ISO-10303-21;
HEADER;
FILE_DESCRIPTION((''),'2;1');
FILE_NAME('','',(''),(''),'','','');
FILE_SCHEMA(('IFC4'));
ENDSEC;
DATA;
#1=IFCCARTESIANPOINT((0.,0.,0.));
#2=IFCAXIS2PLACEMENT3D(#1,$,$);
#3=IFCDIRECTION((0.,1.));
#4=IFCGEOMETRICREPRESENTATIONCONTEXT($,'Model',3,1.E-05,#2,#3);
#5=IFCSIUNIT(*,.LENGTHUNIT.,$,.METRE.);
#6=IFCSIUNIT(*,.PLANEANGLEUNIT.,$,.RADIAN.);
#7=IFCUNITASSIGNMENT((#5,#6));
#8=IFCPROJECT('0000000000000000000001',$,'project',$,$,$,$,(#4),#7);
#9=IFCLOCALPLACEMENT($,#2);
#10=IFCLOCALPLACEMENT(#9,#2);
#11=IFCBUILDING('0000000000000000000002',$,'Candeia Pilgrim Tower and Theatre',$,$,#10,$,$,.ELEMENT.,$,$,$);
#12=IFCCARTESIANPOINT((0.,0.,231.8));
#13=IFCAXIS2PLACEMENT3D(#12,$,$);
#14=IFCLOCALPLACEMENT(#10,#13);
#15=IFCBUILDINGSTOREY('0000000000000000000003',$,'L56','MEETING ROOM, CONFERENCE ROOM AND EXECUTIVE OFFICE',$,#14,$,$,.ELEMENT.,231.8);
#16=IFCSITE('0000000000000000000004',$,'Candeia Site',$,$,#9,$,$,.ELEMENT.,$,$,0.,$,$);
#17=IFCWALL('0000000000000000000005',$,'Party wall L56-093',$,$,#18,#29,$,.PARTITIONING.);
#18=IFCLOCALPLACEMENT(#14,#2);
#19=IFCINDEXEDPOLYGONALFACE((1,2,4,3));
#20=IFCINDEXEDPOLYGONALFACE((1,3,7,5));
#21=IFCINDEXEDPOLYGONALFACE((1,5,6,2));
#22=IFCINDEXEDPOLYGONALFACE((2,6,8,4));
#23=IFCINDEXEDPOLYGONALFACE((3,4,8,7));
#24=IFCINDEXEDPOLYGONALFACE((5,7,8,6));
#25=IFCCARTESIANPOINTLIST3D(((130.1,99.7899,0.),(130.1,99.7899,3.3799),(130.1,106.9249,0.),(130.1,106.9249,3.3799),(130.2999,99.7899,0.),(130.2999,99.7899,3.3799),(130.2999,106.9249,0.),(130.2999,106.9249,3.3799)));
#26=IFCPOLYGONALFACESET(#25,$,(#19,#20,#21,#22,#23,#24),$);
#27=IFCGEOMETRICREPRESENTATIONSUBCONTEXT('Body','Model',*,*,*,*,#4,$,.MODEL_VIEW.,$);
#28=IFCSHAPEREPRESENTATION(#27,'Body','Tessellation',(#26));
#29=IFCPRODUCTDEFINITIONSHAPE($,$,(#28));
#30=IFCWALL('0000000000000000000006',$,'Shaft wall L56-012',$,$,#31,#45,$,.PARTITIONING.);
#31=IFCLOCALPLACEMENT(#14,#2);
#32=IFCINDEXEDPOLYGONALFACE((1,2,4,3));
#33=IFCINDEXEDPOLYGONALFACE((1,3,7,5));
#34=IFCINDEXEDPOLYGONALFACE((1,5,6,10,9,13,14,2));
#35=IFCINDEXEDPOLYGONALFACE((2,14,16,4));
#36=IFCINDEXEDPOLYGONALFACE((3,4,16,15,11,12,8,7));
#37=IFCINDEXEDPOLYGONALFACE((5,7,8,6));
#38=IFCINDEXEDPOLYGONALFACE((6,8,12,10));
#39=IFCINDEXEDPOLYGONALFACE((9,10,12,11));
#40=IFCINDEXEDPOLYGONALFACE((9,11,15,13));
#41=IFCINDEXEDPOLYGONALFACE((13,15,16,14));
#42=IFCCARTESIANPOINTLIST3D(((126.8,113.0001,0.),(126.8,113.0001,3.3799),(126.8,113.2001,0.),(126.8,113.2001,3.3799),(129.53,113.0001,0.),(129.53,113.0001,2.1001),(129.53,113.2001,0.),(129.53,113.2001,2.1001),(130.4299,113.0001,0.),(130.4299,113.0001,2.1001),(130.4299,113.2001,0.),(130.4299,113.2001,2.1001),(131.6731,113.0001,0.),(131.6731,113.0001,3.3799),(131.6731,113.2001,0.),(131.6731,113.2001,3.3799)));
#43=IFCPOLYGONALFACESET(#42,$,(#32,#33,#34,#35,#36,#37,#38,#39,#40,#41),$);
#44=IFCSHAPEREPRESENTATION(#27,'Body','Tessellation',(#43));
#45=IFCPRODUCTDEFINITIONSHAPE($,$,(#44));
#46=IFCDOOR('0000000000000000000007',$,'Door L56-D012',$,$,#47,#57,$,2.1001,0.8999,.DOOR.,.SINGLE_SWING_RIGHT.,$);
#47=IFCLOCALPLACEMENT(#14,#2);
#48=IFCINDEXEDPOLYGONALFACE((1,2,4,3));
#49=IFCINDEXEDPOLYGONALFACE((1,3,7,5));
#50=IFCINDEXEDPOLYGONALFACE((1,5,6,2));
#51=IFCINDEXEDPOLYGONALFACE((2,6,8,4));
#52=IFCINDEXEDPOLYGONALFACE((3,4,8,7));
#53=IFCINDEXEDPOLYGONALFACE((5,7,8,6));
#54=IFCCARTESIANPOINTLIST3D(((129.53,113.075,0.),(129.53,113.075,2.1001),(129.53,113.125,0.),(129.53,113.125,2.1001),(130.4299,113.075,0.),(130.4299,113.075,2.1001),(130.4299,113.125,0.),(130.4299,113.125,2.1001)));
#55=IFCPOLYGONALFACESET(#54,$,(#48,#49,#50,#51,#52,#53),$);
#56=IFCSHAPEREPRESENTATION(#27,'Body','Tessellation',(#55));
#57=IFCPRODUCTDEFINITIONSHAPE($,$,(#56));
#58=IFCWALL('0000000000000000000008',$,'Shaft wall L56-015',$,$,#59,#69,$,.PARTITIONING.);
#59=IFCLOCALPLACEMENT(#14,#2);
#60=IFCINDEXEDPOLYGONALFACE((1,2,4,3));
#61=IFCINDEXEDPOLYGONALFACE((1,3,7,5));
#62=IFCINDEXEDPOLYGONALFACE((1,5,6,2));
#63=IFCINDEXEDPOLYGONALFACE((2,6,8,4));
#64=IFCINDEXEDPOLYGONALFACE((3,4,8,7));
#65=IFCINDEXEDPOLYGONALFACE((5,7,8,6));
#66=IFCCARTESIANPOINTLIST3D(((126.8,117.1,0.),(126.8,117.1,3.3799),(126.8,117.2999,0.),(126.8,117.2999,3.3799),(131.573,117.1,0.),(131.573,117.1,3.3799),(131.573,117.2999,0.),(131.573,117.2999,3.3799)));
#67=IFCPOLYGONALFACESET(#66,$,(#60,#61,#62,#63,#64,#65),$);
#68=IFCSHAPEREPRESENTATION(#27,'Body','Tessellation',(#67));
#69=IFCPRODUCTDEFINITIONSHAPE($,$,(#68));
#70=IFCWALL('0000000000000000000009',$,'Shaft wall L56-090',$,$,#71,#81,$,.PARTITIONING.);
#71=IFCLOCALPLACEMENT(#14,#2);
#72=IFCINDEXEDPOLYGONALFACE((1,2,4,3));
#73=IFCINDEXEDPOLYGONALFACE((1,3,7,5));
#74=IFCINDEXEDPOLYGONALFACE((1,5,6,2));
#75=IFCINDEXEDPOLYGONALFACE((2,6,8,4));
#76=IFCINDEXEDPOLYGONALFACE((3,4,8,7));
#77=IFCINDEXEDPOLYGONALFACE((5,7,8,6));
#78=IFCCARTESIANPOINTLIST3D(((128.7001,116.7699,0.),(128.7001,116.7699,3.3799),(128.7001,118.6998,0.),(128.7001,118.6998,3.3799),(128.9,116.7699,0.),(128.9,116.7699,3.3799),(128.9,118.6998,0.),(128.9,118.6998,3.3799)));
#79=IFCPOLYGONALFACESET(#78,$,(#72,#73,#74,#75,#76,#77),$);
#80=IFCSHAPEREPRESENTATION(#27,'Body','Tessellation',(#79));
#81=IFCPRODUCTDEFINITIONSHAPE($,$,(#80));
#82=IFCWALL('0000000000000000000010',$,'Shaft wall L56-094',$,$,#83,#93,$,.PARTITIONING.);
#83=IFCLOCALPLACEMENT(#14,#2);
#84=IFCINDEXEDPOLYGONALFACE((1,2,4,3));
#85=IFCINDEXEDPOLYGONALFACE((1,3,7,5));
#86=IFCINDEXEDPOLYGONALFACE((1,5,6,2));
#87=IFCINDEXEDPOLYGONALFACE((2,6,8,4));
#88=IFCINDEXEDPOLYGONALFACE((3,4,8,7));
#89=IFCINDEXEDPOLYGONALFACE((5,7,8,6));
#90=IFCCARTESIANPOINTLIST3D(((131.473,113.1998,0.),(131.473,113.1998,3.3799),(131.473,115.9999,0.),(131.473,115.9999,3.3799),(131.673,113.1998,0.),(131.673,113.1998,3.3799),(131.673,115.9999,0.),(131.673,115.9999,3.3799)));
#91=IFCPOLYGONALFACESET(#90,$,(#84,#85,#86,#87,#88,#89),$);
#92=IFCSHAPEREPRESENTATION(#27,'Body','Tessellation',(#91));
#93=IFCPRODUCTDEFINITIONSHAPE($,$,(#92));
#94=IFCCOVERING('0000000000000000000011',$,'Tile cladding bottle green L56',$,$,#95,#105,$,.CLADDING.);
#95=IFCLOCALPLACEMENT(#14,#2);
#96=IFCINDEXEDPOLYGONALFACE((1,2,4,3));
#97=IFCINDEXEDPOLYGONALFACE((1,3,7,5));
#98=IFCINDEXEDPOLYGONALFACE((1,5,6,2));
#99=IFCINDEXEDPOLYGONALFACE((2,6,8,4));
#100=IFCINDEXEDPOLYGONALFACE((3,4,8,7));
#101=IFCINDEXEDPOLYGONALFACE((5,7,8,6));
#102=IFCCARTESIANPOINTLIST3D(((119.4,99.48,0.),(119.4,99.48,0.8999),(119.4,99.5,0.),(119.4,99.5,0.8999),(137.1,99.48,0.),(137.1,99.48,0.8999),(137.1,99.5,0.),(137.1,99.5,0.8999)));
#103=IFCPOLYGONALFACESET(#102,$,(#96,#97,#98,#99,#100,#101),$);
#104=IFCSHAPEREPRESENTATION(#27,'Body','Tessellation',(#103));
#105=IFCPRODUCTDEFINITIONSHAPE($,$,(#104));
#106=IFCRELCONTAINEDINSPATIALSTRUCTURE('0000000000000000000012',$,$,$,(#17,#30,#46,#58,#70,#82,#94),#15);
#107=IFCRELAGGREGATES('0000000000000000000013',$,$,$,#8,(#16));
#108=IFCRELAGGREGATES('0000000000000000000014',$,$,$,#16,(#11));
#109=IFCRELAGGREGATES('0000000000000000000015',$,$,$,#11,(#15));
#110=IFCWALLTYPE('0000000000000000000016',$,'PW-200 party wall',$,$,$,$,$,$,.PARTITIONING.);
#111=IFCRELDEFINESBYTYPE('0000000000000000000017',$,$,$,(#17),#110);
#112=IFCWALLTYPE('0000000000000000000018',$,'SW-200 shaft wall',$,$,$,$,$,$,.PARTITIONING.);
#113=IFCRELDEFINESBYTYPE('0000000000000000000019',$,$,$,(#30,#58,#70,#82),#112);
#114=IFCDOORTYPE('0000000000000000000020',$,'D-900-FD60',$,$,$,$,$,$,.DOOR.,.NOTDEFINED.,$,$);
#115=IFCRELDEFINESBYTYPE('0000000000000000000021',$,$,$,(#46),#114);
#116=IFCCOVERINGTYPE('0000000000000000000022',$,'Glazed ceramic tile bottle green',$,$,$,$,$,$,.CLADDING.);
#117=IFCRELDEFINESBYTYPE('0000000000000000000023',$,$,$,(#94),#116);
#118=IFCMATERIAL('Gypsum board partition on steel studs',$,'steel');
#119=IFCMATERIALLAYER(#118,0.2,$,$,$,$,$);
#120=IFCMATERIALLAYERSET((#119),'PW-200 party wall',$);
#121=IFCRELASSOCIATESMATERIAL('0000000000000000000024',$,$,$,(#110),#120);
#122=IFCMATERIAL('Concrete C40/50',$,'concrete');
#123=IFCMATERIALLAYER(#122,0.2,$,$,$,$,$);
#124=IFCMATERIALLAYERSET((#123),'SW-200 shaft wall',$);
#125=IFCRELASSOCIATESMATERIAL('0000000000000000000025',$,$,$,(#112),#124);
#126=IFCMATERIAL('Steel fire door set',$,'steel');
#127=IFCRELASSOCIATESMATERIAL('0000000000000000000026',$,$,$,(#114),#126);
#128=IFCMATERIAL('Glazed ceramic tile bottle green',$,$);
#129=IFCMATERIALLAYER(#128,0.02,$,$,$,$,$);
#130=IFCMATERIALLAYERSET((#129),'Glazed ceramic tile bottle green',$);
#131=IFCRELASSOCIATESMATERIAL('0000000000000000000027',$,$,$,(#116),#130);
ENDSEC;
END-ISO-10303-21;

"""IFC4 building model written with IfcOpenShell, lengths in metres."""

from ifc_helpers import new_model, si_unit, direction, frame, frame_2d, origin, origin_2d, place, context, subcontext, project, spatial, rectangle, extrude, material, layer, layer_set, type_object, element, fill, save


model = new_model("IFC4")

# Units and contexts
model_context = context("Model", 3, precision=1e-05, world=origin(), true_north=direction((0.0, 1.0)))
body_context = subcontext(model_context, "Body", "Model", "MODEL_VIEW")
ifc_project = project(units=[si_unit("LENGTHUNIT", "METRE"), si_unit("PLANEANGLEUNIT", "RADIAN")], contexts=[model_context])

# Site, building, storey
site_placement = place(None, origin())
site = spatial("IfcSite", under=ifc_project, at=site_placement, Name="Candeia Site", CompositionType="ELEMENT", RefElevation=0.0)
building_placement = place(site_placement, origin())
building = spatial("IfcBuilding", under=site, at=building_placement, Name="Candeia Pilgrim Tower and Theatre", CompositionType="ELEMENT")
storey_placement = place(building_placement, frame((0.0, 0.0, 231.8)))
storey = spatial("IfcBuildingStorey", under=building, at=storey_placement, Name="L56", Description="MEETING ROOM, CONFERENCE ROOM AND EXECUTIVE OFFICE", CompositionType="ELEMENT", Elevation=231.8)

# Shared definitions
ifc_material_1 = material(Name="Steel fire door set", Category="steel")

# Shared definitions
ifc_material_2 = material(Name="Gypsum board partition on steel studs", Category="steel")

# Wall
ifc_layer_1 = layer(ifc_material_2, 0.2)
ifc_layer_set_1 = layer_set([ifc_layer_1], Name="PW-200 party wall")
wall_type_1 = type_object("IfcWallType", Name="PW-200 party wall", PredefinedType="PARTITIONING", material=ifc_layer_set_1)
for number, where, z_axis, x_axis, name in (
    (1, (130.2, 99.79, 0.0), (0.0, 0.0, 1.0), (0.0, 1.0, 0.0), "Party wall L56-093"),
):
    element("IfcWall", number, at=place(storey_placement, frame(where, z_axis=z_axis, x_axis=x_axis)), inside=storey, type_object=wall_type_1, Name=name, PredefinedType="PARTITIONING", context=body_context, shape_type="SweptSolid", body=[
        extrude(rectangle(XDim=7.135, YDim=0.2, at=frame_2d((3.5674, 0.0))), origin(), (0.0, 0.0, 1.0), 3.3799),
    ])

# Wall, opening, door
ifc_material_3 = material(Name="Concrete C40/50", Category="concrete")
ifc_layer_2 = layer(ifc_material_3, 0.2)
ifc_layer_set_2 = layer_set([ifc_layer_2], Name="SW-200 shaft wall")
wall_type_2 = type_object("IfcWallType", Name="SW-200 shaft wall", PredefinedType="PARTITIONING", material=ifc_layer_set_2)
wall_1_placement = place(storey_placement, frame((126.8, 113.1001, 0.0), z_axis=(0.0, 0.0, 1.0), x_axis=(1.0, 0.0, 0.0)))
wall_1 = element("IfcWall", 2, at=wall_1_placement, inside=storey, type_object=wall_type_2, Name="Shaft wall L56-012", PredefinedType="PARTITIONING", context=body_context, shape_type="SweptSolid", body=[
    extrude(rectangle(XDim=4.873, YDim=0.2, at=frame_2d((2.4365, 0.0))), origin(), (0.0, 0.0, 1.0), 3.3799),
])
opening_1_placement = place(wall_1_placement, frame((2.73, 0.0, 0.0)))
opening_1 = element("IfcOpeningElement", 3, at=opening_1_placement, cuts=wall_1, PredefinedType="OPENING", context=body_context, shape_type="SweptSolid", body=[
    extrude(rectangle(XDim=0.8999, YDim=2.1001, at=frame_2d((0.45, 1.05))), frame((0.0, 0.1099, 0.0), z_axis=(0.0, -1.0, 0.0), x_axis=(1.0, 0.0, 0.0)), (0.0, 0.0, 1.0), 0.22),
])
door_type_1 = type_object("IfcDoorType", Name="D-900-FD60", OperationType="NOTDEFINED", PredefinedType="DOOR", material=ifc_material_1)
door_1_placement = place(opening_1_placement, origin())
door_1 = element("IfcDoor", 4, at=door_1_placement, inside=storey, type_object=door_type_1, Name="Door L56-D012", OperationType="SINGLE_SWING_RIGHT", OverallHeight=2.1001, OverallWidth=0.8999, PredefinedType="DOOR", context=body_context, shape_type="SweptSolid", body=[
    extrude(rectangle(XDim=0.8999, YDim=2.1001, at=frame_2d((0.45, 1.05))), frame((0.0, 0.0249, 0.0), z_axis=(0.0, -1.0, 0.0), x_axis=(1.0, 0.0, 0.0)), (0.0, 0.0, 1.0), 0.05),
])
fill(opening_1, door_1)

# Walls
wall_2_placement = place(storey_placement, frame((126.8, 117.2, 0.0), z_axis=(0.0, 0.0, 1.0), x_axis=(1.0, 0.0, 0.0)))
element("IfcWall", 5, at=wall_2_placement, inside=storey, type_object=wall_type_2, Name="Shaft wall L56-015", PredefinedType="PARTITIONING", context=body_context, shape_type="SweptSolid", body=[
    extrude(rectangle(XDim=4.7729, YDim=0.2, at=frame_2d((2.3865, 0.0))), origin(), (0.0, 0.0, 1.0), 3.3799),
])
wall_3_placement = place(storey_placement, frame((128.8, 116.77, 0.0), z_axis=(0.0, 0.0, 1.0), x_axis=(0.0, 1.0, 0.0)))
element("IfcWall", 6, at=wall_3_placement, inside=storey, type_object=wall_type_2, Name="Shaft wall L56-090", PredefinedType="PARTITIONING", context=body_context, shape_type="SweptSolid", body=[
    extrude(rectangle(XDim=1.9299, YDim=0.2, at=frame_2d((0.9648, 0.0))), origin(), (0.0, 0.0, 1.0), 3.3799),
])
wall_4_placement = place(storey_placement, frame((131.573, 113.2, 0.0), z_axis=(0.0, 0.0, 1.0), x_axis=(0.0, 1.0, 0.0)))
element("IfcWall", 7, at=wall_4_placement, inside=storey, type_object=wall_type_2, Name="Shaft wall L56-094", PredefinedType="PARTITIONING", context=body_context, shape_type="SweptSolid", body=[
    extrude(rectangle(XDim=2.8, YDim=0.2, at=frame_2d((1.3999, 0.0))), origin(), (0.0, 0.0, 1.0), 3.3799),
])

# Covering
ifc_material_4 = material(Name="Glazed ceramic tile bottle green")
ifc_layer_3 = layer(ifc_material_4, 0.02)
ifc_layer_set_3 = layer_set([ifc_layer_3], Name="Glazed ceramic tile bottle green")
covering_type = type_object("IfcCoveringType", Name="Glazed ceramic tile bottle green", PredefinedType="CLADDING", material=ifc_layer_set_3)
covering_placement = place(storey_placement, frame((128.25, 99.49, 0.0), z_axis=(0.0, 0.0, 1.0), x_axis=(1.0, 0.0, 0.0)))
element("IfcCovering", 8, at=covering_placement, inside=storey, type_object=covering_type, Name="Tile cladding bottle green L56", PredefinedType="CLADDING", context=body_context, shape_type="SweptSolid", body=[
    extrude(rectangle(XDim=17.7, YDim=0.02, at=origin_2d()), origin(), (0.0, 0.0, 1.0), 0.8999),
])

save(model, "model.ifc")
